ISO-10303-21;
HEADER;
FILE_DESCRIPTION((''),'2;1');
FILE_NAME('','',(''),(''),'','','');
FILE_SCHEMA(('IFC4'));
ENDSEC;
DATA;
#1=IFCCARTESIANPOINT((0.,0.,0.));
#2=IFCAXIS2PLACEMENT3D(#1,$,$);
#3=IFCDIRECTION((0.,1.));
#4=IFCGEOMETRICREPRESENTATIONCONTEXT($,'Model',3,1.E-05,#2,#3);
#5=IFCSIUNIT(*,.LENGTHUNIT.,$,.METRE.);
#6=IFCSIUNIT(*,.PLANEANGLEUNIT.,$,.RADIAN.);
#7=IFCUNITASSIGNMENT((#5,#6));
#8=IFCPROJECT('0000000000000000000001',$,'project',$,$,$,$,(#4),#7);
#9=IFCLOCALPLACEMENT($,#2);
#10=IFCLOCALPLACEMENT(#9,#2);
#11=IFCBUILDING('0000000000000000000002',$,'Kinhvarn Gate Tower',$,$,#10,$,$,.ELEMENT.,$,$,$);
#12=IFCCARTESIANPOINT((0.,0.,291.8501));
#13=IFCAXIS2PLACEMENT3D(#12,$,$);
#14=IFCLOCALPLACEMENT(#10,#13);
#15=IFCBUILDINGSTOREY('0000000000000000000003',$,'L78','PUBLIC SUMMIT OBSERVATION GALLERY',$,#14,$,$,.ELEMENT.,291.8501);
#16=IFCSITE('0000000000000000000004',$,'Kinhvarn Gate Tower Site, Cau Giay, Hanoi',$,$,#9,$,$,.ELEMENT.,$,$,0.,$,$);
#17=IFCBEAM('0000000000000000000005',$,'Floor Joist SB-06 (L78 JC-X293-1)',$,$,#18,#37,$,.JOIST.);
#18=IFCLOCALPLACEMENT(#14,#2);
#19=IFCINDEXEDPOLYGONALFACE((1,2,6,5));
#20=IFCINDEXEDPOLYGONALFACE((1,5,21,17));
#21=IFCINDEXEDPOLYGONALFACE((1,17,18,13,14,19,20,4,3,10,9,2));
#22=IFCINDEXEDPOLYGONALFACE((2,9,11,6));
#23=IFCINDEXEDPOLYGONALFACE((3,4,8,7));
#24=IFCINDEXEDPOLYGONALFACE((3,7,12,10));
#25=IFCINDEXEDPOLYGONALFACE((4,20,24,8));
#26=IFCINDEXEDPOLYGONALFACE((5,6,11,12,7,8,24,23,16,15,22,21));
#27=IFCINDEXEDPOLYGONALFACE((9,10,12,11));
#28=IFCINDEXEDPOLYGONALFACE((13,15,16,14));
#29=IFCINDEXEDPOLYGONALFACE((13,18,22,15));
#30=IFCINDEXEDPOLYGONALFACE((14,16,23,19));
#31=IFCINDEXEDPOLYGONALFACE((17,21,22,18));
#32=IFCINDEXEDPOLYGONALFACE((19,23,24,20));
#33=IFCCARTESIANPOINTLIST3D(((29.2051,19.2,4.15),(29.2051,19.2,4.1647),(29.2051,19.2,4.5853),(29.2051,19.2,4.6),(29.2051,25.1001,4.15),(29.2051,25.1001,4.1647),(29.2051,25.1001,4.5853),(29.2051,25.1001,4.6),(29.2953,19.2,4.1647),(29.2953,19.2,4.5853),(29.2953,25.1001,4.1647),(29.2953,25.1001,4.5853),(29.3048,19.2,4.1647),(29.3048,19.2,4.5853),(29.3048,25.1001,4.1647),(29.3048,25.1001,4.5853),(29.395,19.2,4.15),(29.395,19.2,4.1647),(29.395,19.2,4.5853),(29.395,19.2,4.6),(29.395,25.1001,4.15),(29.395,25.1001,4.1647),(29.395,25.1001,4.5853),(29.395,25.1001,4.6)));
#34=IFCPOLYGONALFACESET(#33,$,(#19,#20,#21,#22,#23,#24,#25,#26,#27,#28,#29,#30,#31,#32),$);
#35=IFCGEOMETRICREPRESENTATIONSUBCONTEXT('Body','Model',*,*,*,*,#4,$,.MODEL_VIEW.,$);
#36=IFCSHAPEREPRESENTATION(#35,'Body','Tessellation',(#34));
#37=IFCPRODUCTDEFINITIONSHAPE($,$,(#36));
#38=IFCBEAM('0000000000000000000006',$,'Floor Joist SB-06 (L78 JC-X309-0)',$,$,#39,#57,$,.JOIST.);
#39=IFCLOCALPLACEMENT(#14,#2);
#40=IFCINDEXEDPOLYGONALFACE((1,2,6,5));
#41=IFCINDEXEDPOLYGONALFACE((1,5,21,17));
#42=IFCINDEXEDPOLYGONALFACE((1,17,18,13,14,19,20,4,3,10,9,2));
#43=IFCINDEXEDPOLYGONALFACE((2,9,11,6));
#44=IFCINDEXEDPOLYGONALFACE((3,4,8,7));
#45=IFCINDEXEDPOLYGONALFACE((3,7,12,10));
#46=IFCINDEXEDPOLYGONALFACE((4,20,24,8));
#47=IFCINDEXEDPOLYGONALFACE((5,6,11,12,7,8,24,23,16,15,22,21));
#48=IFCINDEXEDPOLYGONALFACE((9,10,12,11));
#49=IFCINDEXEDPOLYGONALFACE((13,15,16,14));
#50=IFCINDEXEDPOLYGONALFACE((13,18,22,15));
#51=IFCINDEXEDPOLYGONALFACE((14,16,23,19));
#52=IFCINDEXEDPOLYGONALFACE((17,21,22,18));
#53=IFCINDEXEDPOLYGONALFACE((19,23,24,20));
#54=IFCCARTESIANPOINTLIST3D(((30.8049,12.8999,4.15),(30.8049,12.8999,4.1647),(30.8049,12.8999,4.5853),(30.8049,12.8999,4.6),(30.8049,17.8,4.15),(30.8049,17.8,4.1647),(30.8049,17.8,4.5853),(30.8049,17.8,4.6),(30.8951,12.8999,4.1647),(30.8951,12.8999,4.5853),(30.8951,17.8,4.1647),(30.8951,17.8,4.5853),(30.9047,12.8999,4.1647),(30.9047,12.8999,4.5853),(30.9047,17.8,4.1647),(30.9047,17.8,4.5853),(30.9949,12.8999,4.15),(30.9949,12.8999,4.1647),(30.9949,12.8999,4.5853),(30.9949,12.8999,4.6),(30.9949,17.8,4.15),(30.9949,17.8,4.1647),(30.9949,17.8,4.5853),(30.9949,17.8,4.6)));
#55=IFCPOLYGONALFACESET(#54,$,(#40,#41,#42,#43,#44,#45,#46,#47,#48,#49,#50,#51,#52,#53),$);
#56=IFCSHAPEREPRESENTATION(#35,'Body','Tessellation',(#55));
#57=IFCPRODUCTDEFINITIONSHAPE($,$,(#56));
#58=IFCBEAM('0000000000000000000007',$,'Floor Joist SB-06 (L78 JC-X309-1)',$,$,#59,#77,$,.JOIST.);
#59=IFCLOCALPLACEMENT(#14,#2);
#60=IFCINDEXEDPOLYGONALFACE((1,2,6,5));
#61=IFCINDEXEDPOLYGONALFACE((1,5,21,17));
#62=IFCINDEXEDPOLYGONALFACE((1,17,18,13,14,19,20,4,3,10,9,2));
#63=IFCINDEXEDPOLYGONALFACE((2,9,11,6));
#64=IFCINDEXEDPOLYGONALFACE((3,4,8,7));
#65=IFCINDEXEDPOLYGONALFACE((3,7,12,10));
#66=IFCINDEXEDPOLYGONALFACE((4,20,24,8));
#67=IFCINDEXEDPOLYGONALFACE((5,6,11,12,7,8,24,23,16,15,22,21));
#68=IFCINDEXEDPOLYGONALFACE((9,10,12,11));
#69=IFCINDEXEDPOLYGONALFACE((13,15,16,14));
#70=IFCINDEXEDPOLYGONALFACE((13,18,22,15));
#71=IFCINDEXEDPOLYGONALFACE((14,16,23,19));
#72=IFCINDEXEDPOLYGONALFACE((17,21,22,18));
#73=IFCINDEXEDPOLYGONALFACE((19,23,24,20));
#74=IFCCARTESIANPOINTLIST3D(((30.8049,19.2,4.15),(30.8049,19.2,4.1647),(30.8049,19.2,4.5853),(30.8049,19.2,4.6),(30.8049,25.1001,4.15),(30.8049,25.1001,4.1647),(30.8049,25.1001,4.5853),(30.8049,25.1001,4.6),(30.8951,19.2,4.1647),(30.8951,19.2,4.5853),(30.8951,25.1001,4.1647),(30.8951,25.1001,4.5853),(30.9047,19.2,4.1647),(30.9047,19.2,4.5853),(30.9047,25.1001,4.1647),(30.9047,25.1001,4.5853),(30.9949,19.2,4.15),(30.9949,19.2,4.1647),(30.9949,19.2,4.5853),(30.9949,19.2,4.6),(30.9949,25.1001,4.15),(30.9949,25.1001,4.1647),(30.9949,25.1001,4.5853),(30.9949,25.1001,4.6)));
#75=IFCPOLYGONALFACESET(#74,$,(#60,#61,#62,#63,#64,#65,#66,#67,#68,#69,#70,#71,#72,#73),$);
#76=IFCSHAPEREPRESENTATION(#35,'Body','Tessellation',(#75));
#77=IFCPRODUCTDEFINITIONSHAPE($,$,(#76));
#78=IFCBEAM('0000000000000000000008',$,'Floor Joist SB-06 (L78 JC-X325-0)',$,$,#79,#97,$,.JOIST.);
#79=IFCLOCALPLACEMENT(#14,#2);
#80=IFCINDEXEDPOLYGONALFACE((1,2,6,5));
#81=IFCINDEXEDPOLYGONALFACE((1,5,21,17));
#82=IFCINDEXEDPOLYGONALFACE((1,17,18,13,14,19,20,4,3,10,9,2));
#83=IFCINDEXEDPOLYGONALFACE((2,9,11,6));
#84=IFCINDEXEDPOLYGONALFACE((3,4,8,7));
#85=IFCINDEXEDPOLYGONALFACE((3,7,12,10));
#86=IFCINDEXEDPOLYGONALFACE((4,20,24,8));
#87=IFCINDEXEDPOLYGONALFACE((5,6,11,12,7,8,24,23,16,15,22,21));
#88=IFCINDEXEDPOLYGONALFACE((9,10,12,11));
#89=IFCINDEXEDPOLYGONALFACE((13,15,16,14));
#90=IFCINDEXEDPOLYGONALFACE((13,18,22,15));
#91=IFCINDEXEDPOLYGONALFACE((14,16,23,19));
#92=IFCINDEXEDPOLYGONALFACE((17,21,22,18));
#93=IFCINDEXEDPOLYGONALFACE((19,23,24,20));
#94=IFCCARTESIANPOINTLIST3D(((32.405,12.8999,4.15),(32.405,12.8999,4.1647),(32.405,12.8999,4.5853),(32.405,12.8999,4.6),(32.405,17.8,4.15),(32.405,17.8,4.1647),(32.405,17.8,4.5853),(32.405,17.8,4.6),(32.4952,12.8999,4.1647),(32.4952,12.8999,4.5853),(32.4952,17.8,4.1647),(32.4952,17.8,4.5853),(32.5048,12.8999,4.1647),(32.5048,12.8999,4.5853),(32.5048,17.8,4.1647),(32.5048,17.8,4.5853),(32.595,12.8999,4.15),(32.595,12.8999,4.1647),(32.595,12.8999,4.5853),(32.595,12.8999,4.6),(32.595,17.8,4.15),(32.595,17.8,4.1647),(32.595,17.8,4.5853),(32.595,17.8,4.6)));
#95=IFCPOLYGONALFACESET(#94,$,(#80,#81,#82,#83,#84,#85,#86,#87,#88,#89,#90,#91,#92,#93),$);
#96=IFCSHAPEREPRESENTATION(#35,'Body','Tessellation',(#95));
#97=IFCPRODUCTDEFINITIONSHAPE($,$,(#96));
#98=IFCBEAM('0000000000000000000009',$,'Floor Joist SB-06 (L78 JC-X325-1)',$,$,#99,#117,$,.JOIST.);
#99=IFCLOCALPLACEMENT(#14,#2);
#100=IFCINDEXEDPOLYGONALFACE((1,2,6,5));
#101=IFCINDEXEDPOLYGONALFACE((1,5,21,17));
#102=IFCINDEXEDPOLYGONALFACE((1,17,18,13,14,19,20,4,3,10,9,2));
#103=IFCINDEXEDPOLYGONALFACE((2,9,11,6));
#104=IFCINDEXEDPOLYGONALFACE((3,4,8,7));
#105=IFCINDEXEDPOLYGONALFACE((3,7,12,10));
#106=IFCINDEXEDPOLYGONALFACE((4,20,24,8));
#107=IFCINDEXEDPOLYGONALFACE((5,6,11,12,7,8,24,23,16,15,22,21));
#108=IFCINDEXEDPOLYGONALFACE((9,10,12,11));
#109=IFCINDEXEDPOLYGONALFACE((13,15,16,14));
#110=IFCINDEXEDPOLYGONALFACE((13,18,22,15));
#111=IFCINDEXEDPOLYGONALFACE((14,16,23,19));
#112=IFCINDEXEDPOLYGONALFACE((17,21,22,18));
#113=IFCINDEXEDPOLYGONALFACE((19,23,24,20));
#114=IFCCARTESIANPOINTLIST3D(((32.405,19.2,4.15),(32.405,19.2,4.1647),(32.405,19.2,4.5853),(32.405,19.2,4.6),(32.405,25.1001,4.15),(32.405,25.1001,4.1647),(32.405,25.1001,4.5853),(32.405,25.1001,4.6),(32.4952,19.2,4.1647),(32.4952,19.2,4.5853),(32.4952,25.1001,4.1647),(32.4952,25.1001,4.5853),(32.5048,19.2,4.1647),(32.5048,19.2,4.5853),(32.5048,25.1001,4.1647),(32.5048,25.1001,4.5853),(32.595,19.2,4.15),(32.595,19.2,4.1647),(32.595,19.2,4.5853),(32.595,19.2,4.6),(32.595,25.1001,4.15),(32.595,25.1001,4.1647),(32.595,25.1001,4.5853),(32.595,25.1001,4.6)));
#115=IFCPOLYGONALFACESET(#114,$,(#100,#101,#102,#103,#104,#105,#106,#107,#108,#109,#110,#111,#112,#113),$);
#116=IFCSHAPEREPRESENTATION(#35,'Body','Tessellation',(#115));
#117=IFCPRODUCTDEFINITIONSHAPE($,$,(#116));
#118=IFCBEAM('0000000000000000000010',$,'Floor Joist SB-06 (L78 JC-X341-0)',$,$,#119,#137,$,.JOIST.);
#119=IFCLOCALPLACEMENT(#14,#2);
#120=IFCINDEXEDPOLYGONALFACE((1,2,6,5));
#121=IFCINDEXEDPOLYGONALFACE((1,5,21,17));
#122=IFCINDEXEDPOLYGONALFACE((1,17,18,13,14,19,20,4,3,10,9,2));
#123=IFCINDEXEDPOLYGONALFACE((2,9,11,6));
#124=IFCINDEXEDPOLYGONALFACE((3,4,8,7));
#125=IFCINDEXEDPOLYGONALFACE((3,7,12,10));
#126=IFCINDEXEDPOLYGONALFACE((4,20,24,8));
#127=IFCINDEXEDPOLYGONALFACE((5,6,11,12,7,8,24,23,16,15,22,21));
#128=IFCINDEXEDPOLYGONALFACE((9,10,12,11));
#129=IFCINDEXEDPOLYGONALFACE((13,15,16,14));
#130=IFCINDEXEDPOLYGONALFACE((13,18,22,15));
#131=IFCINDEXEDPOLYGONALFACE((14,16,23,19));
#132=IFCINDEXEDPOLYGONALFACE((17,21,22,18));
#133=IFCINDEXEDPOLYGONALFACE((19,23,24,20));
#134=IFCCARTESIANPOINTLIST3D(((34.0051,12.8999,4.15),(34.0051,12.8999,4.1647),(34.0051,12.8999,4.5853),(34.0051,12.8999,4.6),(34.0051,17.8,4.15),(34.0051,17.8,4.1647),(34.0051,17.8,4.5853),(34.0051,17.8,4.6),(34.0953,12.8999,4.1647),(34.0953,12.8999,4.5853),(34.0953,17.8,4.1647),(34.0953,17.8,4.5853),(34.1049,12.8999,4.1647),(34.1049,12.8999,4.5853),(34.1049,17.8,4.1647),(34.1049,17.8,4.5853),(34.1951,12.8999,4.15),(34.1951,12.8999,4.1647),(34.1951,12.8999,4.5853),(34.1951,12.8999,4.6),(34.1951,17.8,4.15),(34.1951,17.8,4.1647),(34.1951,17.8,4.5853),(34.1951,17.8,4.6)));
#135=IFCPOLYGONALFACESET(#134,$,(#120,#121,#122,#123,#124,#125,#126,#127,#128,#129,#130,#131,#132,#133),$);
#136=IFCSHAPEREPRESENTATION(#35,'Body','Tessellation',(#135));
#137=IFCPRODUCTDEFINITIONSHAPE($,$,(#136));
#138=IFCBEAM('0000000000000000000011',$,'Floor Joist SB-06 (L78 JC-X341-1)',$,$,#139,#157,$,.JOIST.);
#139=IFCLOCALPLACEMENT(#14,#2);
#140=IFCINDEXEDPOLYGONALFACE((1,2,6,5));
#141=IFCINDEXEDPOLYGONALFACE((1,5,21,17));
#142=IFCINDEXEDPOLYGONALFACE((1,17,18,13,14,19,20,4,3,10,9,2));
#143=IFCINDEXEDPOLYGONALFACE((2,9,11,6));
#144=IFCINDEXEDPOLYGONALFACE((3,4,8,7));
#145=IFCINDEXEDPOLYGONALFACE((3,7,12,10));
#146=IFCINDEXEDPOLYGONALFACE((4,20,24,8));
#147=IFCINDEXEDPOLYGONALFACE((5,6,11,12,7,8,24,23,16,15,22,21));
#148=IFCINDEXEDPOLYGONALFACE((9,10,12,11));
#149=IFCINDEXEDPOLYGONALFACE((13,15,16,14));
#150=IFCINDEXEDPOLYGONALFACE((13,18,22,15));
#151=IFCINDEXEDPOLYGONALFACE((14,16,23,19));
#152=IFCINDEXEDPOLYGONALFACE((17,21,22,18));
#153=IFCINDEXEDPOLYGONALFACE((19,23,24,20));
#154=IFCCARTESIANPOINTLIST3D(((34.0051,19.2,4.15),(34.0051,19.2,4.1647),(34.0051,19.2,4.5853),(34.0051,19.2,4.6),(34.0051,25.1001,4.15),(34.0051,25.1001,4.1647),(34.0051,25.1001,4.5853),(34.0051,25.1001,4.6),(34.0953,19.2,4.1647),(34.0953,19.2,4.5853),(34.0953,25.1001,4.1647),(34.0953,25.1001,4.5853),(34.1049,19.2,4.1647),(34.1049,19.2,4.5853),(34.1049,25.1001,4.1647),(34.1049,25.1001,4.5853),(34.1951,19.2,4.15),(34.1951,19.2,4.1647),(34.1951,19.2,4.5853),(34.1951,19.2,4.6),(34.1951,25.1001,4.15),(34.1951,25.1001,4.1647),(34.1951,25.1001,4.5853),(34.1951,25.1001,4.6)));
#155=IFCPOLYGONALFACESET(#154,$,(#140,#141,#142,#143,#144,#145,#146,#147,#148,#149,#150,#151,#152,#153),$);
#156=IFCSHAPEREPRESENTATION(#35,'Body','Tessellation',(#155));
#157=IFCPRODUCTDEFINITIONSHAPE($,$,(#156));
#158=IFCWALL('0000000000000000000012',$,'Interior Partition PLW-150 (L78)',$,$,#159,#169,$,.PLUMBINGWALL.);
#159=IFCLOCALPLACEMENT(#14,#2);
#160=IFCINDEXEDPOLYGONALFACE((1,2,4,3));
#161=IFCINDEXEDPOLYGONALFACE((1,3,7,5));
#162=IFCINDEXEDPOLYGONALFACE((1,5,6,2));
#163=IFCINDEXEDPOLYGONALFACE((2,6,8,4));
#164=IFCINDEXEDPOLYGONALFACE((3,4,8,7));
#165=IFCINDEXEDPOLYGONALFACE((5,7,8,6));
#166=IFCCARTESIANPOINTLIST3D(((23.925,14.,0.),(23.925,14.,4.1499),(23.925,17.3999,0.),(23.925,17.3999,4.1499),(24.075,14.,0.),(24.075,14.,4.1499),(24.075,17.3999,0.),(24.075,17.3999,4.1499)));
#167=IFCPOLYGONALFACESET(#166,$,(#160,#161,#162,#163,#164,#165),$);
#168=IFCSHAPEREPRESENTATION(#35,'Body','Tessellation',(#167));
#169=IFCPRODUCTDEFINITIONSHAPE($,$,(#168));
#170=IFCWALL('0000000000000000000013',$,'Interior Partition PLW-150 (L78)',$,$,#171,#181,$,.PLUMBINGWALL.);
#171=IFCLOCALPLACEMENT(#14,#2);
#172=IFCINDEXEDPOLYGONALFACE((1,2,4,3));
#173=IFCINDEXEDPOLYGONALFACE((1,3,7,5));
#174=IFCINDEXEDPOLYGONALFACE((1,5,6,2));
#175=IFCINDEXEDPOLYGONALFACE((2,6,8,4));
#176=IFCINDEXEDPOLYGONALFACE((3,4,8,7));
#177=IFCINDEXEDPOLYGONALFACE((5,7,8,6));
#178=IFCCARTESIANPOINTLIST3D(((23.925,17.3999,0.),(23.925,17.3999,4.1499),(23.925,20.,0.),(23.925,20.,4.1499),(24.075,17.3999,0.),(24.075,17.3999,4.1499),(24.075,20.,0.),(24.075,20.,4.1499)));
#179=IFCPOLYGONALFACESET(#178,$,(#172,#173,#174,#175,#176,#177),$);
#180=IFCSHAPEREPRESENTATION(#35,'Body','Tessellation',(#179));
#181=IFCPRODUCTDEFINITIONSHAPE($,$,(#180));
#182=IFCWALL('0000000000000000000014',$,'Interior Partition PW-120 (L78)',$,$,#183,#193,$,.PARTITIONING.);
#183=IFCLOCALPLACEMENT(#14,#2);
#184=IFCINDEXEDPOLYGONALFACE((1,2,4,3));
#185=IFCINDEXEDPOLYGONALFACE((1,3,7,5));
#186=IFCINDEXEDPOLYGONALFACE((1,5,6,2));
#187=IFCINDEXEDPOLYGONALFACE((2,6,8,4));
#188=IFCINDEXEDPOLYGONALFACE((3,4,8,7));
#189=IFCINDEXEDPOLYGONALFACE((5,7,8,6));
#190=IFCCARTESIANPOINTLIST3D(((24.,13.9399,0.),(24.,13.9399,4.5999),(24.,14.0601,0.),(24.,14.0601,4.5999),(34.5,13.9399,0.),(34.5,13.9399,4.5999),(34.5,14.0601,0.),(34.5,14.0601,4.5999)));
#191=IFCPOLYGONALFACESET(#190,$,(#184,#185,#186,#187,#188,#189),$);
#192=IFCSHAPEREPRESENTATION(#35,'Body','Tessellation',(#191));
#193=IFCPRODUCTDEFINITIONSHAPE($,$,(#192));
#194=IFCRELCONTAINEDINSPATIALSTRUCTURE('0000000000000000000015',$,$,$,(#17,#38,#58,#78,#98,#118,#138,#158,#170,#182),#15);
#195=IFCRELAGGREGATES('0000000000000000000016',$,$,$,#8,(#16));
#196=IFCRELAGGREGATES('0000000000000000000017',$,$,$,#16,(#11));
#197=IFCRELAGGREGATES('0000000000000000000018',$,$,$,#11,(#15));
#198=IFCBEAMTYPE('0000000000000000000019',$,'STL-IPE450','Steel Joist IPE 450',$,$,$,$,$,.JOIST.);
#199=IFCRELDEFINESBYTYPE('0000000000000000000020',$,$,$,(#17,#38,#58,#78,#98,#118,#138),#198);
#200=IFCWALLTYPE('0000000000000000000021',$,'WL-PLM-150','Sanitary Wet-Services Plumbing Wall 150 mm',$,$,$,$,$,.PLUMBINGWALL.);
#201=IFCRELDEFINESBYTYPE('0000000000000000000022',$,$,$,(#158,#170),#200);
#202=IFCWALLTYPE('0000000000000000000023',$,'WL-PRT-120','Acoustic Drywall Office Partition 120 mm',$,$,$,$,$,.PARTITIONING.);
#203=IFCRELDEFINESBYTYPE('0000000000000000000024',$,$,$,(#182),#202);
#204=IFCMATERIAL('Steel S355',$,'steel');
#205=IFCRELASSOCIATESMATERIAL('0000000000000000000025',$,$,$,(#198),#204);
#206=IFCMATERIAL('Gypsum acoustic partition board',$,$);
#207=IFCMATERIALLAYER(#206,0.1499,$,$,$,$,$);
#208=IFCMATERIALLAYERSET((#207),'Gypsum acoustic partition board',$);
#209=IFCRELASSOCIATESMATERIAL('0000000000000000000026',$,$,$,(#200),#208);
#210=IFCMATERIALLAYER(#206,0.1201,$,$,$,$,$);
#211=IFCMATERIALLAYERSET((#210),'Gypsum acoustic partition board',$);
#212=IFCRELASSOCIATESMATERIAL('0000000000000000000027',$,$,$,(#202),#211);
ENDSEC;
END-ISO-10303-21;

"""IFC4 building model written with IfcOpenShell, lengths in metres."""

from ifc_helpers import new_model, si_unit, direction, frame, frame_2d, origin, origin_2d, place, context, subcontext, project, spatial, rectangle, i_section, extrude, material, layer, layer_set, material_profile, profile_set, type_object, element, save


model = new_model("IFC4")

# Units and contexts
model_context = context("Model", 3, precision=1e-05, world=origin(), true_north=direction((0.0, 1.0)))
body_context = subcontext(model_context, "Body", "Model", "MODEL_VIEW")
ifc_project = project(units=[si_unit("LENGTHUNIT", "METRE"), si_unit("PLANEANGLEUNIT", "RADIAN")], contexts=[model_context])

# Site, building, storey
site_placement = place(None, origin())
site = spatial("IfcSite", under=ifc_project, at=site_placement, Name="Kinhvarn Gate Tower Site, Cau Giay, Hanoi", CompositionType="ELEMENT", RefElevation=0.0)
building_placement = place(site_placement, origin())
building = spatial("IfcBuilding", under=site, at=building_placement, Name="Kinhvarn Gate Tower", CompositionType="ELEMENT")
storey_placement = place(building_placement, frame((0.0, 0.0, 291.8501)))
storey = spatial("IfcBuildingStorey", under=building, at=storey_placement, Name="L78", Description="PUBLIC SUMMIT OBSERVATION GALLERY", CompositionType="ELEMENT", Elevation=291.8501)

# Beams
ifc_material_1 = material(Name="Steel S355", Category="steel")
ifc_material_profile = material_profile(ifc_material_1, i_section(OverallWidth=0.1899, OverallDepth=0.45, WebThickness=0.0095, FlangeThickness=0.0146, at=origin_2d()), Name="IPE 450")
ifc_profile_set = profile_set([ifc_material_profile], Name="Steel S355")
beam_type = type_object("IfcBeamType", Name="STL-IPE450", Description="Steel Joist IPE 450", PredefinedType="JOIST", material=ifc_profile_set)
beam_1_placement = place(storey_placement, frame((29.3, 19.2, 4.375), z_axis=(0.0, 1.0, 0.0), x_axis=(-1.0, 0.0, 0.0)))
element("IfcBeam", 1, at=beam_1_placement, inside=storey, type_object=beam_type, Name="Floor Joist SB-06 (L78 JC-X293-1)", PredefinedType="JOIST", context=body_context, shape_type="SweptSolid", body=[
    extrude(i_section(OverallWidth=0.1899, OverallDepth=0.45, WebThickness=0.0095, FlangeThickness=0.0146, at=origin_2d()), origin(), (0.0, 0.0, 1.0), 5.9001),
])
beam_2_placement = place(storey_placement, frame((30.8999, 12.8999, 4.375), z_axis=(0.0, 1.0, 0.0), x_axis=(-1.0, 0.0, 0.0)))
element("IfcBeam", 2, at=beam_2_placement, inside=storey, type_object=beam_type, Name="Floor Joist SB-06 (L78 JC-X309-0)", PredefinedType="JOIST", context=body_context, shape_type="SweptSolid", body=[
    extrude(i_section(OverallWidth=0.1899, OverallDepth=0.45, WebThickness=0.0095, FlangeThickness=0.0146, at=origin_2d()), origin(), (0.0, 0.0, 1.0), 4.9001),
])
beam_3_placement = place(storey_placement, frame((30.8999, 19.2, 4.375), z_axis=(0.0, 1.0, 0.0), x_axis=(-1.0, 0.0, 0.0)))
element("IfcBeam", 3, at=beam_3_placement, inside=storey, type_object=beam_type, Name="Floor Joist SB-06 (L78 JC-X309-1)", PredefinedType="JOIST", context=body_context, shape_type="SweptSolid", body=[
    extrude(i_section(OverallWidth=0.1899, OverallDepth=0.45, WebThickness=0.0095, FlangeThickness=0.0146, at=origin_2d()), origin(), (0.0, 0.0, 1.0), 5.9001),
])
beam_4_placement = place(storey_placement, frame((32.5, 12.8999, 4.375), z_axis=(0.0, 1.0, 0.0), x_axis=(-1.0, 0.0, 0.0)))
element("IfcBeam", 4, at=beam_4_placement, inside=storey, type_object=beam_type, Name="Floor Joist SB-06 (L78 JC-X325-0)", PredefinedType="JOIST", context=body_context, shape_type="SweptSolid", body=[
    extrude(i_section(OverallWidth=0.1899, OverallDepth=0.45, WebThickness=0.0095, FlangeThickness=0.0146, at=origin_2d()), origin(), (0.0, 0.0, 1.0), 4.9001),
])
beam_5_placement = place(storey_placement, frame((32.5, 19.2, 4.375), z_axis=(0.0, 1.0, 0.0), x_axis=(-1.0, 0.0, 0.0)))
element("IfcBeam", 5, at=beam_5_placement, inside=storey, type_object=beam_type, Name="Floor Joist SB-06 (L78 JC-X325-1)", PredefinedType="JOIST", context=body_context, shape_type="SweptSolid", body=[
    extrude(i_section(OverallWidth=0.1899, OverallDepth=0.45, WebThickness=0.0095, FlangeThickness=0.0146, at=origin_2d()), origin(), (0.0, 0.0, 1.0), 5.9001),
])
beam_6_placement = place(storey_placement, frame((34.1001, 12.8999, 4.375), z_axis=(0.0, 1.0, 0.0), x_axis=(-1.0, 0.0, 0.0)))
element("IfcBeam", 6, at=beam_6_placement, inside=storey, type_object=beam_type, Name="Floor Joist SB-06 (L78 JC-X341-0)", PredefinedType="JOIST", context=body_context, shape_type="SweptSolid", body=[
    extrude(i_section(OverallWidth=0.1899, OverallDepth=0.45, WebThickness=0.0095, FlangeThickness=0.0146, at=origin_2d()), origin(), (0.0, 0.0, 1.0), 4.9001),
])
beam_7_placement = place(storey_placement, frame((34.1001, 19.2, 4.375), z_axis=(0.0, 1.0, 0.0), x_axis=(-1.0, 0.0, 0.0)))
element("IfcBeam", 7, at=beam_7_placement, inside=storey, type_object=beam_type, Name="Floor Joist SB-06 (L78 JC-X341-1)", PredefinedType="JOIST", context=body_context, shape_type="SweptSolid", body=[
    extrude(i_section(OverallWidth=0.1899, OverallDepth=0.45, WebThickness=0.0095, FlangeThickness=0.0146, at=origin_2d()), origin(), (0.0, 0.0, 1.0), 5.9001),
])

# Walls
ifc_material_2 = material(Name="Gypsum acoustic partition board")
ifc_layer_1 = layer(ifc_material_2, 0.1499)
ifc_layer_set_1 = layer_set([ifc_layer_1], Name="Gypsum acoustic partition board")
wall_type_1 = type_object("IfcWallType", Name="WL-PLM-150", Description="Sanitary Wet-Services Plumbing Wall 150 mm", PredefinedType="PLUMBINGWALL", material=ifc_layer_set_1)
wall_1_placement = place(storey_placement, frame((24.0, 14.0, 0.0), z_axis=(0.0, 0.0, 1.0), x_axis=(0.0, 1.0, 0.0)))
element("IfcWall", 8, at=wall_1_placement, inside=storey, type_object=wall_type_1, Name="Interior Partition PLW-150 (L78)", PredefinedType="PLUMBINGWALL", context=body_context, shape_type="SweptSolid", body=[
    extrude(rectangle(XDim=3.3999, YDim=0.1499, at=frame_2d((1.7, 0.0))), origin(), (0.0, 0.0, 1.0), 4.1499),
])
wall_2_placement = place(storey_placement, frame((24.0, 17.3999, 0.0), z_axis=(0.0, 0.0, 1.0), x_axis=(0.0, 1.0, 0.0)))
element("IfcWall", 9, at=wall_2_placement, inside=storey, type_object=wall_type_1, Name="Interior Partition PLW-150 (L78)", PredefinedType="PLUMBINGWALL", context=body_context, shape_type="SweptSolid", body=[
    extrude(rectangle(XDim=2.6001, YDim=0.1499, at=frame_2d((1.3, 0.0))), origin(), (0.0, 0.0, 1.0), 4.1499),
])
ifc_layer_2 = layer(ifc_material_2, 0.1201)
ifc_layer_set_2 = layer_set([ifc_layer_2], Name="Gypsum acoustic partition board")
wall_type_2 = type_object("IfcWallType", Name="WL-PRT-120", Description="Acoustic Drywall Office Partition 120 mm", PredefinedType="PARTITIONING", material=ifc_layer_set_2)
wall_3_placement = place(storey_placement, frame((24.0, 14.0, 0.0), z_axis=(0.0, 0.0, 1.0), x_axis=(1.0, 0.0, 0.0)))
element("IfcWall", 10, at=wall_3_placement, inside=storey, type_object=wall_type_2, Name="Interior Partition PW-120 (L78)", PredefinedType="PARTITIONING", context=body_context, shape_type="SweptSolid", body=[
    extrude(rectangle(XDim=10.5, YDim=0.1201, at=frame_2d((5.25, 0.0))), origin(), (0.0, 0.0, 1.0), 4.5999),
])

save(model, "model.ifc")
